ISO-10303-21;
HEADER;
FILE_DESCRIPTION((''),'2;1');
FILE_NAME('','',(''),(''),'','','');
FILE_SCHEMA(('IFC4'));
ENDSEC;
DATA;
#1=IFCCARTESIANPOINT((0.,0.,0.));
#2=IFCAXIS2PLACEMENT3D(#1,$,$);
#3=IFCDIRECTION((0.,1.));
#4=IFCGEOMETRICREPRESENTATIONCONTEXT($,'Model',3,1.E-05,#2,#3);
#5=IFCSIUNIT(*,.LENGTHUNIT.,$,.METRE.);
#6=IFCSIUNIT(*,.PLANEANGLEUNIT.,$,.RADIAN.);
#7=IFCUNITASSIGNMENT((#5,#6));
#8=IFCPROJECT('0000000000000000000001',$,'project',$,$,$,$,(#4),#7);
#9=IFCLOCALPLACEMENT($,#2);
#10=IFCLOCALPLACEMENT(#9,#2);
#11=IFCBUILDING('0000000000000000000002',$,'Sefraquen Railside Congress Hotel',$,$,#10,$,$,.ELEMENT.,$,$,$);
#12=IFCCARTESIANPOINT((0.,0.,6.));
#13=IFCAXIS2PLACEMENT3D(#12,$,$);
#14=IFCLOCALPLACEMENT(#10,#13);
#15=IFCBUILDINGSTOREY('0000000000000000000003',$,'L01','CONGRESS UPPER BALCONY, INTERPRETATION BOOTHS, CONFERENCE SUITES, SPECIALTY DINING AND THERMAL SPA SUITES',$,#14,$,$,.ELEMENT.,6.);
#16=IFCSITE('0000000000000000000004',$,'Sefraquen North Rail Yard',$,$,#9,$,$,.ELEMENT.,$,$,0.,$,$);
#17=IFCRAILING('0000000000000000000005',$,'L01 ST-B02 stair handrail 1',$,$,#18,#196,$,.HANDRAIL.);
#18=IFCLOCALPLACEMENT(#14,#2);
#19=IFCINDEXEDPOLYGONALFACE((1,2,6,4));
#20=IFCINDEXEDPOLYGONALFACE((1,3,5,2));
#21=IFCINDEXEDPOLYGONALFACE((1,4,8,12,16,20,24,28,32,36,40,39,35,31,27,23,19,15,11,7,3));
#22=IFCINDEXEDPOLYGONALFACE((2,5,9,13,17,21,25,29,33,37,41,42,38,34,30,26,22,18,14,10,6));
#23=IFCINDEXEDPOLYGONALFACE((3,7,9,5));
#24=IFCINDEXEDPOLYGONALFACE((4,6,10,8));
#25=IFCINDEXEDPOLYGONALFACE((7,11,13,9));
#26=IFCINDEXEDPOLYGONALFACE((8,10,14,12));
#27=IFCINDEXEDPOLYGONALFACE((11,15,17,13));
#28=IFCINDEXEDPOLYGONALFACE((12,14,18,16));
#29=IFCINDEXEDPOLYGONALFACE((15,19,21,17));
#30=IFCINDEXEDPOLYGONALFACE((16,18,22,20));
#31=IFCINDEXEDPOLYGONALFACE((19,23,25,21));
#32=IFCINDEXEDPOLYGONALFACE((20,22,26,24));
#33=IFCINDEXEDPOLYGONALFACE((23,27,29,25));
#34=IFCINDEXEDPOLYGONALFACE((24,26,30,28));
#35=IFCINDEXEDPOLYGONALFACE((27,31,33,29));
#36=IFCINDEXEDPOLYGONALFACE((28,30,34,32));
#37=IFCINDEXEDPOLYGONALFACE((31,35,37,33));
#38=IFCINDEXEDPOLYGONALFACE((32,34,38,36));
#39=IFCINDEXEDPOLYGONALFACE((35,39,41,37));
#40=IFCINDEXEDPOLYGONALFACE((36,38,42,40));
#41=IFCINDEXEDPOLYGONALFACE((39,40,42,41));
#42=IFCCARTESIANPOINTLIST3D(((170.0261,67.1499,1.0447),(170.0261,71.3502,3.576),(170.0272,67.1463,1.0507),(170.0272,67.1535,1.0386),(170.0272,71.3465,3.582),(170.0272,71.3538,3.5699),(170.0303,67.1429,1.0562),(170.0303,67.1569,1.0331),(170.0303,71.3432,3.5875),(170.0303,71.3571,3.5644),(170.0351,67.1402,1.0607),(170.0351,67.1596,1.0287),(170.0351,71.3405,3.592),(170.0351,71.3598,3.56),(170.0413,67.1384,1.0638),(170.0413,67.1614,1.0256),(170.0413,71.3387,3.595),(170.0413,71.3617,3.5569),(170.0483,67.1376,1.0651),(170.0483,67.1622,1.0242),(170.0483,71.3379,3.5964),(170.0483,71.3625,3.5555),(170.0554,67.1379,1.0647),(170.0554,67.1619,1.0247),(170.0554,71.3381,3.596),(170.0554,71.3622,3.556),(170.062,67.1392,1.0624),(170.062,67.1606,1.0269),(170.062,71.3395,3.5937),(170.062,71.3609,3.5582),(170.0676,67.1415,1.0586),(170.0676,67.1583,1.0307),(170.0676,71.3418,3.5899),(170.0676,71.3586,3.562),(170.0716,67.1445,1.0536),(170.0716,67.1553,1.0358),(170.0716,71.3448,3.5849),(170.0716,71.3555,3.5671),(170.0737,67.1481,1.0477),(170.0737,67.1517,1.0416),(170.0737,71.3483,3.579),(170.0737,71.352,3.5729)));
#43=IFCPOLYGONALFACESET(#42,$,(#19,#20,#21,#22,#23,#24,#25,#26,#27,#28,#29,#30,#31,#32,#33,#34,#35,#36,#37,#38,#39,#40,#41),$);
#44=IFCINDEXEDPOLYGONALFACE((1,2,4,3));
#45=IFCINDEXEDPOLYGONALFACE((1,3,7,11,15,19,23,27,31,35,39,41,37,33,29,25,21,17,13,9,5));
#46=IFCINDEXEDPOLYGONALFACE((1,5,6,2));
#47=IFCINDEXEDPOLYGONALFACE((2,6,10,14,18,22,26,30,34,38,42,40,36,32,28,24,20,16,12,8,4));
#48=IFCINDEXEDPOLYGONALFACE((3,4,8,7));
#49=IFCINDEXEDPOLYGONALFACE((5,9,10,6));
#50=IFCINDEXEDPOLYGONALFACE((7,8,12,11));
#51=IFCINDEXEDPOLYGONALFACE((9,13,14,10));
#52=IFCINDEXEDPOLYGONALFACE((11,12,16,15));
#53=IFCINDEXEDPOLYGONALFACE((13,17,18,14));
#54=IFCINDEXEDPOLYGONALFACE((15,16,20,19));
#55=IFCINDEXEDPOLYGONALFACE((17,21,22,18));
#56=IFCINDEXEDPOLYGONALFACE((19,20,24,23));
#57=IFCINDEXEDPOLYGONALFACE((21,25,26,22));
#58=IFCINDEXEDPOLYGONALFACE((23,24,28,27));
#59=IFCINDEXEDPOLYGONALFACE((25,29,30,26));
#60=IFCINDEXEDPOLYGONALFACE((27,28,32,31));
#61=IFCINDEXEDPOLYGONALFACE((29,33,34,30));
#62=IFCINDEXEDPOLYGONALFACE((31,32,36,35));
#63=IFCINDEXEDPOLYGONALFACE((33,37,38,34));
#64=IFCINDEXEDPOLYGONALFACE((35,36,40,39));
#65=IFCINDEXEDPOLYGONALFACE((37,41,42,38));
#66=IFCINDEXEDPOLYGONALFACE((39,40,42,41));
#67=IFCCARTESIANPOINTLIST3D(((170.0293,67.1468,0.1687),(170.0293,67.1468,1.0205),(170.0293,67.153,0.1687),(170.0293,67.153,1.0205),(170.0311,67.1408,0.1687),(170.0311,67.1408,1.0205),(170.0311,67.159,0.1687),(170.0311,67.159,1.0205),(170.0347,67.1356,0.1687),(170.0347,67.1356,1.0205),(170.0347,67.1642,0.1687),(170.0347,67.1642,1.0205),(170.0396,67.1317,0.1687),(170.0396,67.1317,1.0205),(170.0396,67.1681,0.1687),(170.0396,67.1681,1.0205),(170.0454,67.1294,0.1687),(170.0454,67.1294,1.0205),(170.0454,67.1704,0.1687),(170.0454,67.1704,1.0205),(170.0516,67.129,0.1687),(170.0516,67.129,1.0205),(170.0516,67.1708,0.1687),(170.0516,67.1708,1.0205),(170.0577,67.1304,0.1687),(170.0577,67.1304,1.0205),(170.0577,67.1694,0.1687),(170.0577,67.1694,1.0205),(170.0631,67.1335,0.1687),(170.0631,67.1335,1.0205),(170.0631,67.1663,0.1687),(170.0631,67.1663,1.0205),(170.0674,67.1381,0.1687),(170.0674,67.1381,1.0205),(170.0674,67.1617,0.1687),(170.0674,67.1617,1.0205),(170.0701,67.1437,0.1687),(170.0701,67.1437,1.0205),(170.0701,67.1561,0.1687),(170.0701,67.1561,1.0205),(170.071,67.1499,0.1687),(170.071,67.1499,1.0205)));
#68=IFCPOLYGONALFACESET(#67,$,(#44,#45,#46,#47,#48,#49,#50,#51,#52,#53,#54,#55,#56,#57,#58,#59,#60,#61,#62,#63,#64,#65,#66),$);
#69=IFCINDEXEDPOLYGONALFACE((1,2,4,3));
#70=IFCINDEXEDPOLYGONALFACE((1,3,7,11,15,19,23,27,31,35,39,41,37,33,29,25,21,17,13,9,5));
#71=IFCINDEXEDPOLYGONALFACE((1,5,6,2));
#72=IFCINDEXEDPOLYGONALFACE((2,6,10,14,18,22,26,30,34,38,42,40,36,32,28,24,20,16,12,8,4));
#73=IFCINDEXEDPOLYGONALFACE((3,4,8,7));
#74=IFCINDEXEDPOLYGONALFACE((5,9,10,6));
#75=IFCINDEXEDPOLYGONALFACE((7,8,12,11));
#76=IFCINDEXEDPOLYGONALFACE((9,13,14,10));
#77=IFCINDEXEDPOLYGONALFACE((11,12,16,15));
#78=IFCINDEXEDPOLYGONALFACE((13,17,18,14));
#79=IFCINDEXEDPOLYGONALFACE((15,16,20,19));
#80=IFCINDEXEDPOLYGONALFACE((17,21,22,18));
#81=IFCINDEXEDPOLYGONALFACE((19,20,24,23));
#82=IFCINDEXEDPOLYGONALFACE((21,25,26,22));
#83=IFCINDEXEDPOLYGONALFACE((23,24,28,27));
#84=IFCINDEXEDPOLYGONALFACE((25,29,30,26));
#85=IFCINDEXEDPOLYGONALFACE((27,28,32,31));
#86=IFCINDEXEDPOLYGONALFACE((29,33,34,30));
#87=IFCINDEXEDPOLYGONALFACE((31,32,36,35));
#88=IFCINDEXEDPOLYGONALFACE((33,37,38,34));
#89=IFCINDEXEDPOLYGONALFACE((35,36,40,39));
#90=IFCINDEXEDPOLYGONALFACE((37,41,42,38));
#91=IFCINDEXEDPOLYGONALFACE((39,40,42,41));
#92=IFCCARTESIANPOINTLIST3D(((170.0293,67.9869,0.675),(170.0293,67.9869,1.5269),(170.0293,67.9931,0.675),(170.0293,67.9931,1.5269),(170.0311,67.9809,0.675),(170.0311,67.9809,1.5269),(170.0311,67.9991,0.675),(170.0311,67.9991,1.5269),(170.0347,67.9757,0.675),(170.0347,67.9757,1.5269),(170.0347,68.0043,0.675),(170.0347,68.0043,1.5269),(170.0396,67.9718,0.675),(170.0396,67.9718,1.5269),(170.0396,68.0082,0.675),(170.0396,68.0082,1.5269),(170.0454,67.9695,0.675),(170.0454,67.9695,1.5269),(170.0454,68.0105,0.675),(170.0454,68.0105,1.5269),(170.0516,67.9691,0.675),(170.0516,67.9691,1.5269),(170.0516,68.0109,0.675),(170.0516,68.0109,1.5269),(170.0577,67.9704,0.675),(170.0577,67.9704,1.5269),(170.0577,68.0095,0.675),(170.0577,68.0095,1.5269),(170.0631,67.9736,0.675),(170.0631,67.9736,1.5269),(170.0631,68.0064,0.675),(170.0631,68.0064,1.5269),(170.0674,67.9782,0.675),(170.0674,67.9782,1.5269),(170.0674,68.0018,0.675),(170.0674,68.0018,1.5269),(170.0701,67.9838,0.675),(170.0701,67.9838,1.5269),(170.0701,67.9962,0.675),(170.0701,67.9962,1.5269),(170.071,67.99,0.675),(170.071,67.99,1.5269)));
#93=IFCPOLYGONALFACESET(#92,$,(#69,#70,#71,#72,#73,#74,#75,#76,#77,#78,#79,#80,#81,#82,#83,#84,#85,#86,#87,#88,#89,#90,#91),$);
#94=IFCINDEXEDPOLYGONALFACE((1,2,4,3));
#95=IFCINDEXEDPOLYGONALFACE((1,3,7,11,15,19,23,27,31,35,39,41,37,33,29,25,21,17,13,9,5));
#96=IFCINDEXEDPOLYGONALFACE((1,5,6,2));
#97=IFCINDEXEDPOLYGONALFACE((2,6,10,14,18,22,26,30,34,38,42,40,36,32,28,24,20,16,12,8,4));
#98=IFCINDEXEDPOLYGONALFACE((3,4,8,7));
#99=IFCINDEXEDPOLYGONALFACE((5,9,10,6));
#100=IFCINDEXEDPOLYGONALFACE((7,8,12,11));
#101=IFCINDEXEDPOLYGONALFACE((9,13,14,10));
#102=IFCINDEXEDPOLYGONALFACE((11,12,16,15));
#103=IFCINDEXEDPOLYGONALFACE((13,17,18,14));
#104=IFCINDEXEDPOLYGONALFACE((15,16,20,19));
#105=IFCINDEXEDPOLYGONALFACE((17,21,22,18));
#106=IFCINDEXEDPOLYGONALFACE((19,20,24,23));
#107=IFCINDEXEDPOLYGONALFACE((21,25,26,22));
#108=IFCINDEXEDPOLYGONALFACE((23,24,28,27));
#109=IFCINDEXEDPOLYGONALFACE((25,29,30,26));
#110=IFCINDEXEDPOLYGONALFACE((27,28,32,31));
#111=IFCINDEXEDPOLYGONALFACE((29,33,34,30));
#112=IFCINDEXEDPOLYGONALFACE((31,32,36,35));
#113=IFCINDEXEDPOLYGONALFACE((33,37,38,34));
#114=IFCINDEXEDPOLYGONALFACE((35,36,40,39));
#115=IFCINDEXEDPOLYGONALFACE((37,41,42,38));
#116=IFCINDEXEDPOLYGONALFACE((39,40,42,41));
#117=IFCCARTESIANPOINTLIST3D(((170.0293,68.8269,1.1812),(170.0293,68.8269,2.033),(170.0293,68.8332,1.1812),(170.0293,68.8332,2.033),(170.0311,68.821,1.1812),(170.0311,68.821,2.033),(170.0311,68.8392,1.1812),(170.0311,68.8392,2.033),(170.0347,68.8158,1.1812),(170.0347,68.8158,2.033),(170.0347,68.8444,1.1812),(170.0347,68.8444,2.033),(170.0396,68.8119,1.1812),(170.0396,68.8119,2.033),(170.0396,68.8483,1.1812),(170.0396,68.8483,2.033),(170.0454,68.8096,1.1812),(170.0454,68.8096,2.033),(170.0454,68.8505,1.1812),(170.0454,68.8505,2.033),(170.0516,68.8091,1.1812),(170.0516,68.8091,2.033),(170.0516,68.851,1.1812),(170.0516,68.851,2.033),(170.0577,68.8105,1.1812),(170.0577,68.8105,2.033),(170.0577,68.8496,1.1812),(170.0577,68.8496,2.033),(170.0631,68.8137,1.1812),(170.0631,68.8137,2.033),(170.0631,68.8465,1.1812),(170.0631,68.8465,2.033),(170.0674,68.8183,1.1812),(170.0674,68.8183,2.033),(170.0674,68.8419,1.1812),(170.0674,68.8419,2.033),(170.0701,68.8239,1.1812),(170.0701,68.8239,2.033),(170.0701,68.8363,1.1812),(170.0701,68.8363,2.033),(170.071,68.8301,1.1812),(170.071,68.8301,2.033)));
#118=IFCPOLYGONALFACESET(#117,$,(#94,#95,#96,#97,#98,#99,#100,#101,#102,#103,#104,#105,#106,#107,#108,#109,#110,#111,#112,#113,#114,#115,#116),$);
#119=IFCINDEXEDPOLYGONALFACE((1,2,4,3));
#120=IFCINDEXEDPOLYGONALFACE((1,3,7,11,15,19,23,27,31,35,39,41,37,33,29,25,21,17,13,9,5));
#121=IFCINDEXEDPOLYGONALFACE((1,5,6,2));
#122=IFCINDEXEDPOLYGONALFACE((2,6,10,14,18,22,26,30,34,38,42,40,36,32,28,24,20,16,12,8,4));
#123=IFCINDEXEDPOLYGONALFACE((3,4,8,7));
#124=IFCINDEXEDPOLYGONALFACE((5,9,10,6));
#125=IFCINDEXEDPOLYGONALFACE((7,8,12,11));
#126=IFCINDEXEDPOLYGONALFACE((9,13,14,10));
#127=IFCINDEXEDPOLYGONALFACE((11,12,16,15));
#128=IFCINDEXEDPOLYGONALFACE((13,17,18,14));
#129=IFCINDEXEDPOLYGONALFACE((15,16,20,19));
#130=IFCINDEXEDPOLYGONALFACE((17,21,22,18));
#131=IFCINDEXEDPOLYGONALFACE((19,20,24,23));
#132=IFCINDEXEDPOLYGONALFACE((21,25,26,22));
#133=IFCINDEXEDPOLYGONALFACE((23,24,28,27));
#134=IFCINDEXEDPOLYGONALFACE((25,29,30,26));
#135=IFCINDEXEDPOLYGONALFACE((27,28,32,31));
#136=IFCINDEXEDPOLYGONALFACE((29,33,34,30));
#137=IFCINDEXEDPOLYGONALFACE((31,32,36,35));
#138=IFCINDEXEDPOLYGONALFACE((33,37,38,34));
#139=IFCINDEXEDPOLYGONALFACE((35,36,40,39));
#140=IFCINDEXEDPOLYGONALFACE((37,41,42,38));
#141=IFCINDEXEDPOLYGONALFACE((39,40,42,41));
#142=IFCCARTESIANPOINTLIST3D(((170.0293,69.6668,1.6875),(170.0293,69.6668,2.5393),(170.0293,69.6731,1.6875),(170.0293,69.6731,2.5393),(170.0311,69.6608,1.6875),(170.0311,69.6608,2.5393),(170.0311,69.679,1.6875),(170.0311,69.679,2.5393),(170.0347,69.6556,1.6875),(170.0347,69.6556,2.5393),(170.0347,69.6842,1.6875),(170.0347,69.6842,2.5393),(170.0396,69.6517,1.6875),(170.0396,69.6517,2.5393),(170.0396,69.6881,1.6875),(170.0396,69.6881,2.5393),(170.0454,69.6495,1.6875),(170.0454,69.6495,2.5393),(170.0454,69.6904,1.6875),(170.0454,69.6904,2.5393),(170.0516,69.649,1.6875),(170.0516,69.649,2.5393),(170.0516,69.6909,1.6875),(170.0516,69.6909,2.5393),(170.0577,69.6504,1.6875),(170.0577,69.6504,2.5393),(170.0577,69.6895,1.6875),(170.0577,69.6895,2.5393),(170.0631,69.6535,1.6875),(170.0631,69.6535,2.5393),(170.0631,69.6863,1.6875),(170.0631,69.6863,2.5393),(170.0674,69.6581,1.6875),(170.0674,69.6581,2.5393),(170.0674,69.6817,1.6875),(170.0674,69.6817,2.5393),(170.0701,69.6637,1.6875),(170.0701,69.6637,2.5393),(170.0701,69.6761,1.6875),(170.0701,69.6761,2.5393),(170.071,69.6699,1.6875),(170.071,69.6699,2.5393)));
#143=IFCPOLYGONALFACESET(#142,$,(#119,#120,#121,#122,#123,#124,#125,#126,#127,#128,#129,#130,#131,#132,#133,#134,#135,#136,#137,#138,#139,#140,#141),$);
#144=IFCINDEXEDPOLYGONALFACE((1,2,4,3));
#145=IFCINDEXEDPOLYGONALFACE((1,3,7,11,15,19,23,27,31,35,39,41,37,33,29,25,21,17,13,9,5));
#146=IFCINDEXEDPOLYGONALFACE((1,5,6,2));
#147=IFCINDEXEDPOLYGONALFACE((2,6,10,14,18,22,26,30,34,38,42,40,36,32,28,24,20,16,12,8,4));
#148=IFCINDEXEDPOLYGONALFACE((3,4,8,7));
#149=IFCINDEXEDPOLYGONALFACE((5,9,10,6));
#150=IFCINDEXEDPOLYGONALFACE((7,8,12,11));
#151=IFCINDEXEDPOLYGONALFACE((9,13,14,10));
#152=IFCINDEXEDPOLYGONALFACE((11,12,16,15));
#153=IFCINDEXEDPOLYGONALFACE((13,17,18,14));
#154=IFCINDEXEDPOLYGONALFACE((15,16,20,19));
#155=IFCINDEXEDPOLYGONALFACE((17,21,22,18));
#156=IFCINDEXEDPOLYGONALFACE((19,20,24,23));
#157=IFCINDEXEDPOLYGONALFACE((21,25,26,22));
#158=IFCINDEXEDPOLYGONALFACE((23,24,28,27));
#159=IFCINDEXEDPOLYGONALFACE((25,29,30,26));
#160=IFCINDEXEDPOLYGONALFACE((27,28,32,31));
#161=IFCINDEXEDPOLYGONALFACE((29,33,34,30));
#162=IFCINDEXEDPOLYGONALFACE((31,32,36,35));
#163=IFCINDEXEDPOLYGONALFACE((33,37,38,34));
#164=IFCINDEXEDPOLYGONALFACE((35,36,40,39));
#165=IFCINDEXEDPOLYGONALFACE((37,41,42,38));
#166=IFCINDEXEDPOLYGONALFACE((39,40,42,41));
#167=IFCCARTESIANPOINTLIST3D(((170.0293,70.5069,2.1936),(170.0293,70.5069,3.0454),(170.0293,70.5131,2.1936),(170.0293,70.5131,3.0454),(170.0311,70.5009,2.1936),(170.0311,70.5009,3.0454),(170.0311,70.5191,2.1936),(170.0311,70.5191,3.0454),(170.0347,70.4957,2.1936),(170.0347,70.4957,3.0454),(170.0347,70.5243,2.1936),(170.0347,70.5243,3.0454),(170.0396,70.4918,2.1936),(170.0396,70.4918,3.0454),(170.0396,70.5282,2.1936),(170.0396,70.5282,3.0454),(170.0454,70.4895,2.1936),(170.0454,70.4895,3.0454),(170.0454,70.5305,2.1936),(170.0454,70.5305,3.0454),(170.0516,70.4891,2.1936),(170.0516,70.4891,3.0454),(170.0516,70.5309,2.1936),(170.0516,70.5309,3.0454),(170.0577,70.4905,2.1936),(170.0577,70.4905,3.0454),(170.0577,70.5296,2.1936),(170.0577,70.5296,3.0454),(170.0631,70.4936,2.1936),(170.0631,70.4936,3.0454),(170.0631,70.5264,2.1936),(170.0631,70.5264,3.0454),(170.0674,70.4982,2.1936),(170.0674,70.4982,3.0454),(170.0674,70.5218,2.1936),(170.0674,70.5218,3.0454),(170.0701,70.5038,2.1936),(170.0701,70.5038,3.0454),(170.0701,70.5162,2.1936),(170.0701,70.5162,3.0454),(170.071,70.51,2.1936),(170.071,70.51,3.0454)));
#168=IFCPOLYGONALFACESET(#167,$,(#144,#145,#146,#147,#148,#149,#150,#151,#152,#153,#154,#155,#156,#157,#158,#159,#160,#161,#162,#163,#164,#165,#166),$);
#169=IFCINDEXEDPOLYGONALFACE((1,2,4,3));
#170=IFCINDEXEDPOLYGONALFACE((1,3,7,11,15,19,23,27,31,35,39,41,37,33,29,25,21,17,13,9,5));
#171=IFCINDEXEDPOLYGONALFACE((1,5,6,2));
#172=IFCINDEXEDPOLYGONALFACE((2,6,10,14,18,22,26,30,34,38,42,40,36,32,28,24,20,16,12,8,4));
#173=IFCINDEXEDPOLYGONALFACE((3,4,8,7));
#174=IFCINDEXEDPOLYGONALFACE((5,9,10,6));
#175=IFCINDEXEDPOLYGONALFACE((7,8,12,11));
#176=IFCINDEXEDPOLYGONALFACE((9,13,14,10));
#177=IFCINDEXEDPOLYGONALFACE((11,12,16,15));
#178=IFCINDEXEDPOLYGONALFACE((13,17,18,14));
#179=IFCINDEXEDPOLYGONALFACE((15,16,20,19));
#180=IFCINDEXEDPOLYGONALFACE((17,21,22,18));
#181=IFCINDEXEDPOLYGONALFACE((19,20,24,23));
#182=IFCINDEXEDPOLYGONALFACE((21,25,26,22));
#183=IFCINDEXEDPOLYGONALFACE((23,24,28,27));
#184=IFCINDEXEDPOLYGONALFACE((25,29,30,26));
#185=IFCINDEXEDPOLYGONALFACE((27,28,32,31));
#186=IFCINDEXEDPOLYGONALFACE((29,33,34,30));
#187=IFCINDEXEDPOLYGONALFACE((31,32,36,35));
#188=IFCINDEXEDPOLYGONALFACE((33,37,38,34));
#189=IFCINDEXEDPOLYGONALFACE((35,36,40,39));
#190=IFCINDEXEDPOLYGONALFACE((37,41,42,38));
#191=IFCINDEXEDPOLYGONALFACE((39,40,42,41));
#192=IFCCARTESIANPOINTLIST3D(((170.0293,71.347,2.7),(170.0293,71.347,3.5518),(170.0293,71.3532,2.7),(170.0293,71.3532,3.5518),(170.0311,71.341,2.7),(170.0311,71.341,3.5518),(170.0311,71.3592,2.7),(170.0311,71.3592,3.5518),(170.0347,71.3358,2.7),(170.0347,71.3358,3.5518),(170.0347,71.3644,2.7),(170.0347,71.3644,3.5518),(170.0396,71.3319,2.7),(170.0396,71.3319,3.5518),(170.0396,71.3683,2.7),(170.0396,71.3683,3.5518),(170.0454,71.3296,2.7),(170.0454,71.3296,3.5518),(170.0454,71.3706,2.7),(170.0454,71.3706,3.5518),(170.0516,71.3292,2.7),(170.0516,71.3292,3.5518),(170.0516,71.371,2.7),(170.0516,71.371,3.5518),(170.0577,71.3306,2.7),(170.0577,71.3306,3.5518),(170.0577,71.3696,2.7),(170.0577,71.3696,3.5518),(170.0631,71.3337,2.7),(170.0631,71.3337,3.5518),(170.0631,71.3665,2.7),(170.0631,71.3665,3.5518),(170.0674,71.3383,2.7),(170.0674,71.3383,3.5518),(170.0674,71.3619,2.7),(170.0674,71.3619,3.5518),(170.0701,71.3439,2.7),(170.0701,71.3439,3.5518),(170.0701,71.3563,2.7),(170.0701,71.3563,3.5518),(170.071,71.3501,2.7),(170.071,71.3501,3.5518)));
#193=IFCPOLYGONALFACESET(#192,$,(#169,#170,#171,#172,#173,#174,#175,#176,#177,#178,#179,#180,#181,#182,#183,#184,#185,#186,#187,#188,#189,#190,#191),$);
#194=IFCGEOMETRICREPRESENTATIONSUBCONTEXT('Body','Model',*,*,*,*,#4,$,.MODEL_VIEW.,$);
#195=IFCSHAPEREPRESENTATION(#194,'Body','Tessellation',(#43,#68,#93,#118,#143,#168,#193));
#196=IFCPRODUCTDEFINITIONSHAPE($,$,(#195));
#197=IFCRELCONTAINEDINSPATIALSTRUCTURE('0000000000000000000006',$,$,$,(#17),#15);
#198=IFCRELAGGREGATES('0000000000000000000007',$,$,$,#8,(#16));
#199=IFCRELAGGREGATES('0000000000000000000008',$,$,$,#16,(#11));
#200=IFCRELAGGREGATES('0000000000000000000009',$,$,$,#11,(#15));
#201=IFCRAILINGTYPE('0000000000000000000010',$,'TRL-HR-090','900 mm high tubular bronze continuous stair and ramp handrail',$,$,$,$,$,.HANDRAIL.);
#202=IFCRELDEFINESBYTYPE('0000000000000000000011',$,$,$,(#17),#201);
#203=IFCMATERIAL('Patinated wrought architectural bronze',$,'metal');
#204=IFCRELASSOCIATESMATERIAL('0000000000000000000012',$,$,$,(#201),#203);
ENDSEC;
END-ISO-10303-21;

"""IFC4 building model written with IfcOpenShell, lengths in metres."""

from ifc_helpers import new_model, si_unit, direction, frame, origin, origin_2d, place, context, subcontext, project, spatial, circle, extrude, material, type_object, element, save


model = new_model("IFC4")

# Units and contexts
model_context = context("Model", 3, precision=1e-05, world=origin(), true_north=direction((0.0, 1.0)))
body_context = subcontext(model_context, "Body", "Model", "MODEL_VIEW")
ifc_project = project(units=[si_unit("LENGTHUNIT", "METRE"), si_unit("PLANEANGLEUNIT", "RADIAN")], contexts=[model_context])

# Site, building, storey
site_placement = place(None, origin())
site = spatial("IfcSite", under=ifc_project, at=site_placement, Name="Sefraquen North Rail Yard", CompositionType="ELEMENT", RefElevation=0.0)
building_placement = place(site_placement, origin())
building = spatial("IfcBuilding", under=site, at=building_placement, Name="Sefraquen Railside Congress Hotel", CompositionType="ELEMENT")
storey_placement = place(building_placement, frame((0.0, 0.0, 6.0)))
storey = spatial("IfcBuildingStorey", under=building, at=storey_placement, Name="L01", Description="CONGRESS UPPER BALCONY, INTERPRETATION BOOTHS, CONFERENCE SUITES, SPECIALTY DINING AND THERMAL SPA SUITES", CompositionType="ELEMENT", Elevation=6.0)

# Railing
ifc_material_1 = material(Name="Patinated wrought architectural bronze", Category="metal")
railing_type_1 = type_object("IfcRailingType", Name="TRL-HR-090", Description="900 mm high tubular bronze continuous stair and ramp handrail", PredefinedType="HANDRAIL", material=ifc_material_1)
railing_1_placement = place(storey_placement, frame((170.05, 67.1499, 0.1687)))
element("IfcRailing", 1, at=railing_1_placement, inside=storey, type_object=railing_type_1, Name="L01 ST-B02 stair handrail 1", PredefinedType="HANDRAIL", context=body_context, shape_type="SweptSolid", body=[
    extrude(circle(Radius=0.0239, at=origin_2d()), frame((0.0, 0.0, 0.876), z_axis=(0.0, 0.85649, 0.516164), x_axis=(-1.0, 0.0, 0.0)), (0.0, 0.0, 1.0), 4.9041),
    extrude(circle(Radius=0.021, at=origin_2d()), origin(), (0.0, 0.0, 1.0), 0.8518),
    extrude(circle(Radius=0.021, at=origin_2d()), frame((0.0, 0.8401, 0.5063)), (0.0, 0.0, 1.0), 0.8518),
    extrude(circle(Radius=0.021, at=origin_2d()), frame((0.0, 1.6802, 1.0125)), (0.0, 0.0, 1.0), 0.8518),
    extrude(circle(Radius=0.021, at=origin_2d()), frame((0.0, 2.52, 1.5188)), (0.0, 0.0, 1.0), 0.8518),
    extrude(circle(Radius=0.021, at=origin_2d()), frame((0.0, 3.3601, 2.0249)), (0.0, 0.0, 1.0), 0.8518),
    extrude(circle(Radius=0.021, at=origin_2d()), frame((0.0, 4.2002, 2.5312)), (0.0, 0.0, 1.0), 0.8518),
])

save(model, "model.ifc")
